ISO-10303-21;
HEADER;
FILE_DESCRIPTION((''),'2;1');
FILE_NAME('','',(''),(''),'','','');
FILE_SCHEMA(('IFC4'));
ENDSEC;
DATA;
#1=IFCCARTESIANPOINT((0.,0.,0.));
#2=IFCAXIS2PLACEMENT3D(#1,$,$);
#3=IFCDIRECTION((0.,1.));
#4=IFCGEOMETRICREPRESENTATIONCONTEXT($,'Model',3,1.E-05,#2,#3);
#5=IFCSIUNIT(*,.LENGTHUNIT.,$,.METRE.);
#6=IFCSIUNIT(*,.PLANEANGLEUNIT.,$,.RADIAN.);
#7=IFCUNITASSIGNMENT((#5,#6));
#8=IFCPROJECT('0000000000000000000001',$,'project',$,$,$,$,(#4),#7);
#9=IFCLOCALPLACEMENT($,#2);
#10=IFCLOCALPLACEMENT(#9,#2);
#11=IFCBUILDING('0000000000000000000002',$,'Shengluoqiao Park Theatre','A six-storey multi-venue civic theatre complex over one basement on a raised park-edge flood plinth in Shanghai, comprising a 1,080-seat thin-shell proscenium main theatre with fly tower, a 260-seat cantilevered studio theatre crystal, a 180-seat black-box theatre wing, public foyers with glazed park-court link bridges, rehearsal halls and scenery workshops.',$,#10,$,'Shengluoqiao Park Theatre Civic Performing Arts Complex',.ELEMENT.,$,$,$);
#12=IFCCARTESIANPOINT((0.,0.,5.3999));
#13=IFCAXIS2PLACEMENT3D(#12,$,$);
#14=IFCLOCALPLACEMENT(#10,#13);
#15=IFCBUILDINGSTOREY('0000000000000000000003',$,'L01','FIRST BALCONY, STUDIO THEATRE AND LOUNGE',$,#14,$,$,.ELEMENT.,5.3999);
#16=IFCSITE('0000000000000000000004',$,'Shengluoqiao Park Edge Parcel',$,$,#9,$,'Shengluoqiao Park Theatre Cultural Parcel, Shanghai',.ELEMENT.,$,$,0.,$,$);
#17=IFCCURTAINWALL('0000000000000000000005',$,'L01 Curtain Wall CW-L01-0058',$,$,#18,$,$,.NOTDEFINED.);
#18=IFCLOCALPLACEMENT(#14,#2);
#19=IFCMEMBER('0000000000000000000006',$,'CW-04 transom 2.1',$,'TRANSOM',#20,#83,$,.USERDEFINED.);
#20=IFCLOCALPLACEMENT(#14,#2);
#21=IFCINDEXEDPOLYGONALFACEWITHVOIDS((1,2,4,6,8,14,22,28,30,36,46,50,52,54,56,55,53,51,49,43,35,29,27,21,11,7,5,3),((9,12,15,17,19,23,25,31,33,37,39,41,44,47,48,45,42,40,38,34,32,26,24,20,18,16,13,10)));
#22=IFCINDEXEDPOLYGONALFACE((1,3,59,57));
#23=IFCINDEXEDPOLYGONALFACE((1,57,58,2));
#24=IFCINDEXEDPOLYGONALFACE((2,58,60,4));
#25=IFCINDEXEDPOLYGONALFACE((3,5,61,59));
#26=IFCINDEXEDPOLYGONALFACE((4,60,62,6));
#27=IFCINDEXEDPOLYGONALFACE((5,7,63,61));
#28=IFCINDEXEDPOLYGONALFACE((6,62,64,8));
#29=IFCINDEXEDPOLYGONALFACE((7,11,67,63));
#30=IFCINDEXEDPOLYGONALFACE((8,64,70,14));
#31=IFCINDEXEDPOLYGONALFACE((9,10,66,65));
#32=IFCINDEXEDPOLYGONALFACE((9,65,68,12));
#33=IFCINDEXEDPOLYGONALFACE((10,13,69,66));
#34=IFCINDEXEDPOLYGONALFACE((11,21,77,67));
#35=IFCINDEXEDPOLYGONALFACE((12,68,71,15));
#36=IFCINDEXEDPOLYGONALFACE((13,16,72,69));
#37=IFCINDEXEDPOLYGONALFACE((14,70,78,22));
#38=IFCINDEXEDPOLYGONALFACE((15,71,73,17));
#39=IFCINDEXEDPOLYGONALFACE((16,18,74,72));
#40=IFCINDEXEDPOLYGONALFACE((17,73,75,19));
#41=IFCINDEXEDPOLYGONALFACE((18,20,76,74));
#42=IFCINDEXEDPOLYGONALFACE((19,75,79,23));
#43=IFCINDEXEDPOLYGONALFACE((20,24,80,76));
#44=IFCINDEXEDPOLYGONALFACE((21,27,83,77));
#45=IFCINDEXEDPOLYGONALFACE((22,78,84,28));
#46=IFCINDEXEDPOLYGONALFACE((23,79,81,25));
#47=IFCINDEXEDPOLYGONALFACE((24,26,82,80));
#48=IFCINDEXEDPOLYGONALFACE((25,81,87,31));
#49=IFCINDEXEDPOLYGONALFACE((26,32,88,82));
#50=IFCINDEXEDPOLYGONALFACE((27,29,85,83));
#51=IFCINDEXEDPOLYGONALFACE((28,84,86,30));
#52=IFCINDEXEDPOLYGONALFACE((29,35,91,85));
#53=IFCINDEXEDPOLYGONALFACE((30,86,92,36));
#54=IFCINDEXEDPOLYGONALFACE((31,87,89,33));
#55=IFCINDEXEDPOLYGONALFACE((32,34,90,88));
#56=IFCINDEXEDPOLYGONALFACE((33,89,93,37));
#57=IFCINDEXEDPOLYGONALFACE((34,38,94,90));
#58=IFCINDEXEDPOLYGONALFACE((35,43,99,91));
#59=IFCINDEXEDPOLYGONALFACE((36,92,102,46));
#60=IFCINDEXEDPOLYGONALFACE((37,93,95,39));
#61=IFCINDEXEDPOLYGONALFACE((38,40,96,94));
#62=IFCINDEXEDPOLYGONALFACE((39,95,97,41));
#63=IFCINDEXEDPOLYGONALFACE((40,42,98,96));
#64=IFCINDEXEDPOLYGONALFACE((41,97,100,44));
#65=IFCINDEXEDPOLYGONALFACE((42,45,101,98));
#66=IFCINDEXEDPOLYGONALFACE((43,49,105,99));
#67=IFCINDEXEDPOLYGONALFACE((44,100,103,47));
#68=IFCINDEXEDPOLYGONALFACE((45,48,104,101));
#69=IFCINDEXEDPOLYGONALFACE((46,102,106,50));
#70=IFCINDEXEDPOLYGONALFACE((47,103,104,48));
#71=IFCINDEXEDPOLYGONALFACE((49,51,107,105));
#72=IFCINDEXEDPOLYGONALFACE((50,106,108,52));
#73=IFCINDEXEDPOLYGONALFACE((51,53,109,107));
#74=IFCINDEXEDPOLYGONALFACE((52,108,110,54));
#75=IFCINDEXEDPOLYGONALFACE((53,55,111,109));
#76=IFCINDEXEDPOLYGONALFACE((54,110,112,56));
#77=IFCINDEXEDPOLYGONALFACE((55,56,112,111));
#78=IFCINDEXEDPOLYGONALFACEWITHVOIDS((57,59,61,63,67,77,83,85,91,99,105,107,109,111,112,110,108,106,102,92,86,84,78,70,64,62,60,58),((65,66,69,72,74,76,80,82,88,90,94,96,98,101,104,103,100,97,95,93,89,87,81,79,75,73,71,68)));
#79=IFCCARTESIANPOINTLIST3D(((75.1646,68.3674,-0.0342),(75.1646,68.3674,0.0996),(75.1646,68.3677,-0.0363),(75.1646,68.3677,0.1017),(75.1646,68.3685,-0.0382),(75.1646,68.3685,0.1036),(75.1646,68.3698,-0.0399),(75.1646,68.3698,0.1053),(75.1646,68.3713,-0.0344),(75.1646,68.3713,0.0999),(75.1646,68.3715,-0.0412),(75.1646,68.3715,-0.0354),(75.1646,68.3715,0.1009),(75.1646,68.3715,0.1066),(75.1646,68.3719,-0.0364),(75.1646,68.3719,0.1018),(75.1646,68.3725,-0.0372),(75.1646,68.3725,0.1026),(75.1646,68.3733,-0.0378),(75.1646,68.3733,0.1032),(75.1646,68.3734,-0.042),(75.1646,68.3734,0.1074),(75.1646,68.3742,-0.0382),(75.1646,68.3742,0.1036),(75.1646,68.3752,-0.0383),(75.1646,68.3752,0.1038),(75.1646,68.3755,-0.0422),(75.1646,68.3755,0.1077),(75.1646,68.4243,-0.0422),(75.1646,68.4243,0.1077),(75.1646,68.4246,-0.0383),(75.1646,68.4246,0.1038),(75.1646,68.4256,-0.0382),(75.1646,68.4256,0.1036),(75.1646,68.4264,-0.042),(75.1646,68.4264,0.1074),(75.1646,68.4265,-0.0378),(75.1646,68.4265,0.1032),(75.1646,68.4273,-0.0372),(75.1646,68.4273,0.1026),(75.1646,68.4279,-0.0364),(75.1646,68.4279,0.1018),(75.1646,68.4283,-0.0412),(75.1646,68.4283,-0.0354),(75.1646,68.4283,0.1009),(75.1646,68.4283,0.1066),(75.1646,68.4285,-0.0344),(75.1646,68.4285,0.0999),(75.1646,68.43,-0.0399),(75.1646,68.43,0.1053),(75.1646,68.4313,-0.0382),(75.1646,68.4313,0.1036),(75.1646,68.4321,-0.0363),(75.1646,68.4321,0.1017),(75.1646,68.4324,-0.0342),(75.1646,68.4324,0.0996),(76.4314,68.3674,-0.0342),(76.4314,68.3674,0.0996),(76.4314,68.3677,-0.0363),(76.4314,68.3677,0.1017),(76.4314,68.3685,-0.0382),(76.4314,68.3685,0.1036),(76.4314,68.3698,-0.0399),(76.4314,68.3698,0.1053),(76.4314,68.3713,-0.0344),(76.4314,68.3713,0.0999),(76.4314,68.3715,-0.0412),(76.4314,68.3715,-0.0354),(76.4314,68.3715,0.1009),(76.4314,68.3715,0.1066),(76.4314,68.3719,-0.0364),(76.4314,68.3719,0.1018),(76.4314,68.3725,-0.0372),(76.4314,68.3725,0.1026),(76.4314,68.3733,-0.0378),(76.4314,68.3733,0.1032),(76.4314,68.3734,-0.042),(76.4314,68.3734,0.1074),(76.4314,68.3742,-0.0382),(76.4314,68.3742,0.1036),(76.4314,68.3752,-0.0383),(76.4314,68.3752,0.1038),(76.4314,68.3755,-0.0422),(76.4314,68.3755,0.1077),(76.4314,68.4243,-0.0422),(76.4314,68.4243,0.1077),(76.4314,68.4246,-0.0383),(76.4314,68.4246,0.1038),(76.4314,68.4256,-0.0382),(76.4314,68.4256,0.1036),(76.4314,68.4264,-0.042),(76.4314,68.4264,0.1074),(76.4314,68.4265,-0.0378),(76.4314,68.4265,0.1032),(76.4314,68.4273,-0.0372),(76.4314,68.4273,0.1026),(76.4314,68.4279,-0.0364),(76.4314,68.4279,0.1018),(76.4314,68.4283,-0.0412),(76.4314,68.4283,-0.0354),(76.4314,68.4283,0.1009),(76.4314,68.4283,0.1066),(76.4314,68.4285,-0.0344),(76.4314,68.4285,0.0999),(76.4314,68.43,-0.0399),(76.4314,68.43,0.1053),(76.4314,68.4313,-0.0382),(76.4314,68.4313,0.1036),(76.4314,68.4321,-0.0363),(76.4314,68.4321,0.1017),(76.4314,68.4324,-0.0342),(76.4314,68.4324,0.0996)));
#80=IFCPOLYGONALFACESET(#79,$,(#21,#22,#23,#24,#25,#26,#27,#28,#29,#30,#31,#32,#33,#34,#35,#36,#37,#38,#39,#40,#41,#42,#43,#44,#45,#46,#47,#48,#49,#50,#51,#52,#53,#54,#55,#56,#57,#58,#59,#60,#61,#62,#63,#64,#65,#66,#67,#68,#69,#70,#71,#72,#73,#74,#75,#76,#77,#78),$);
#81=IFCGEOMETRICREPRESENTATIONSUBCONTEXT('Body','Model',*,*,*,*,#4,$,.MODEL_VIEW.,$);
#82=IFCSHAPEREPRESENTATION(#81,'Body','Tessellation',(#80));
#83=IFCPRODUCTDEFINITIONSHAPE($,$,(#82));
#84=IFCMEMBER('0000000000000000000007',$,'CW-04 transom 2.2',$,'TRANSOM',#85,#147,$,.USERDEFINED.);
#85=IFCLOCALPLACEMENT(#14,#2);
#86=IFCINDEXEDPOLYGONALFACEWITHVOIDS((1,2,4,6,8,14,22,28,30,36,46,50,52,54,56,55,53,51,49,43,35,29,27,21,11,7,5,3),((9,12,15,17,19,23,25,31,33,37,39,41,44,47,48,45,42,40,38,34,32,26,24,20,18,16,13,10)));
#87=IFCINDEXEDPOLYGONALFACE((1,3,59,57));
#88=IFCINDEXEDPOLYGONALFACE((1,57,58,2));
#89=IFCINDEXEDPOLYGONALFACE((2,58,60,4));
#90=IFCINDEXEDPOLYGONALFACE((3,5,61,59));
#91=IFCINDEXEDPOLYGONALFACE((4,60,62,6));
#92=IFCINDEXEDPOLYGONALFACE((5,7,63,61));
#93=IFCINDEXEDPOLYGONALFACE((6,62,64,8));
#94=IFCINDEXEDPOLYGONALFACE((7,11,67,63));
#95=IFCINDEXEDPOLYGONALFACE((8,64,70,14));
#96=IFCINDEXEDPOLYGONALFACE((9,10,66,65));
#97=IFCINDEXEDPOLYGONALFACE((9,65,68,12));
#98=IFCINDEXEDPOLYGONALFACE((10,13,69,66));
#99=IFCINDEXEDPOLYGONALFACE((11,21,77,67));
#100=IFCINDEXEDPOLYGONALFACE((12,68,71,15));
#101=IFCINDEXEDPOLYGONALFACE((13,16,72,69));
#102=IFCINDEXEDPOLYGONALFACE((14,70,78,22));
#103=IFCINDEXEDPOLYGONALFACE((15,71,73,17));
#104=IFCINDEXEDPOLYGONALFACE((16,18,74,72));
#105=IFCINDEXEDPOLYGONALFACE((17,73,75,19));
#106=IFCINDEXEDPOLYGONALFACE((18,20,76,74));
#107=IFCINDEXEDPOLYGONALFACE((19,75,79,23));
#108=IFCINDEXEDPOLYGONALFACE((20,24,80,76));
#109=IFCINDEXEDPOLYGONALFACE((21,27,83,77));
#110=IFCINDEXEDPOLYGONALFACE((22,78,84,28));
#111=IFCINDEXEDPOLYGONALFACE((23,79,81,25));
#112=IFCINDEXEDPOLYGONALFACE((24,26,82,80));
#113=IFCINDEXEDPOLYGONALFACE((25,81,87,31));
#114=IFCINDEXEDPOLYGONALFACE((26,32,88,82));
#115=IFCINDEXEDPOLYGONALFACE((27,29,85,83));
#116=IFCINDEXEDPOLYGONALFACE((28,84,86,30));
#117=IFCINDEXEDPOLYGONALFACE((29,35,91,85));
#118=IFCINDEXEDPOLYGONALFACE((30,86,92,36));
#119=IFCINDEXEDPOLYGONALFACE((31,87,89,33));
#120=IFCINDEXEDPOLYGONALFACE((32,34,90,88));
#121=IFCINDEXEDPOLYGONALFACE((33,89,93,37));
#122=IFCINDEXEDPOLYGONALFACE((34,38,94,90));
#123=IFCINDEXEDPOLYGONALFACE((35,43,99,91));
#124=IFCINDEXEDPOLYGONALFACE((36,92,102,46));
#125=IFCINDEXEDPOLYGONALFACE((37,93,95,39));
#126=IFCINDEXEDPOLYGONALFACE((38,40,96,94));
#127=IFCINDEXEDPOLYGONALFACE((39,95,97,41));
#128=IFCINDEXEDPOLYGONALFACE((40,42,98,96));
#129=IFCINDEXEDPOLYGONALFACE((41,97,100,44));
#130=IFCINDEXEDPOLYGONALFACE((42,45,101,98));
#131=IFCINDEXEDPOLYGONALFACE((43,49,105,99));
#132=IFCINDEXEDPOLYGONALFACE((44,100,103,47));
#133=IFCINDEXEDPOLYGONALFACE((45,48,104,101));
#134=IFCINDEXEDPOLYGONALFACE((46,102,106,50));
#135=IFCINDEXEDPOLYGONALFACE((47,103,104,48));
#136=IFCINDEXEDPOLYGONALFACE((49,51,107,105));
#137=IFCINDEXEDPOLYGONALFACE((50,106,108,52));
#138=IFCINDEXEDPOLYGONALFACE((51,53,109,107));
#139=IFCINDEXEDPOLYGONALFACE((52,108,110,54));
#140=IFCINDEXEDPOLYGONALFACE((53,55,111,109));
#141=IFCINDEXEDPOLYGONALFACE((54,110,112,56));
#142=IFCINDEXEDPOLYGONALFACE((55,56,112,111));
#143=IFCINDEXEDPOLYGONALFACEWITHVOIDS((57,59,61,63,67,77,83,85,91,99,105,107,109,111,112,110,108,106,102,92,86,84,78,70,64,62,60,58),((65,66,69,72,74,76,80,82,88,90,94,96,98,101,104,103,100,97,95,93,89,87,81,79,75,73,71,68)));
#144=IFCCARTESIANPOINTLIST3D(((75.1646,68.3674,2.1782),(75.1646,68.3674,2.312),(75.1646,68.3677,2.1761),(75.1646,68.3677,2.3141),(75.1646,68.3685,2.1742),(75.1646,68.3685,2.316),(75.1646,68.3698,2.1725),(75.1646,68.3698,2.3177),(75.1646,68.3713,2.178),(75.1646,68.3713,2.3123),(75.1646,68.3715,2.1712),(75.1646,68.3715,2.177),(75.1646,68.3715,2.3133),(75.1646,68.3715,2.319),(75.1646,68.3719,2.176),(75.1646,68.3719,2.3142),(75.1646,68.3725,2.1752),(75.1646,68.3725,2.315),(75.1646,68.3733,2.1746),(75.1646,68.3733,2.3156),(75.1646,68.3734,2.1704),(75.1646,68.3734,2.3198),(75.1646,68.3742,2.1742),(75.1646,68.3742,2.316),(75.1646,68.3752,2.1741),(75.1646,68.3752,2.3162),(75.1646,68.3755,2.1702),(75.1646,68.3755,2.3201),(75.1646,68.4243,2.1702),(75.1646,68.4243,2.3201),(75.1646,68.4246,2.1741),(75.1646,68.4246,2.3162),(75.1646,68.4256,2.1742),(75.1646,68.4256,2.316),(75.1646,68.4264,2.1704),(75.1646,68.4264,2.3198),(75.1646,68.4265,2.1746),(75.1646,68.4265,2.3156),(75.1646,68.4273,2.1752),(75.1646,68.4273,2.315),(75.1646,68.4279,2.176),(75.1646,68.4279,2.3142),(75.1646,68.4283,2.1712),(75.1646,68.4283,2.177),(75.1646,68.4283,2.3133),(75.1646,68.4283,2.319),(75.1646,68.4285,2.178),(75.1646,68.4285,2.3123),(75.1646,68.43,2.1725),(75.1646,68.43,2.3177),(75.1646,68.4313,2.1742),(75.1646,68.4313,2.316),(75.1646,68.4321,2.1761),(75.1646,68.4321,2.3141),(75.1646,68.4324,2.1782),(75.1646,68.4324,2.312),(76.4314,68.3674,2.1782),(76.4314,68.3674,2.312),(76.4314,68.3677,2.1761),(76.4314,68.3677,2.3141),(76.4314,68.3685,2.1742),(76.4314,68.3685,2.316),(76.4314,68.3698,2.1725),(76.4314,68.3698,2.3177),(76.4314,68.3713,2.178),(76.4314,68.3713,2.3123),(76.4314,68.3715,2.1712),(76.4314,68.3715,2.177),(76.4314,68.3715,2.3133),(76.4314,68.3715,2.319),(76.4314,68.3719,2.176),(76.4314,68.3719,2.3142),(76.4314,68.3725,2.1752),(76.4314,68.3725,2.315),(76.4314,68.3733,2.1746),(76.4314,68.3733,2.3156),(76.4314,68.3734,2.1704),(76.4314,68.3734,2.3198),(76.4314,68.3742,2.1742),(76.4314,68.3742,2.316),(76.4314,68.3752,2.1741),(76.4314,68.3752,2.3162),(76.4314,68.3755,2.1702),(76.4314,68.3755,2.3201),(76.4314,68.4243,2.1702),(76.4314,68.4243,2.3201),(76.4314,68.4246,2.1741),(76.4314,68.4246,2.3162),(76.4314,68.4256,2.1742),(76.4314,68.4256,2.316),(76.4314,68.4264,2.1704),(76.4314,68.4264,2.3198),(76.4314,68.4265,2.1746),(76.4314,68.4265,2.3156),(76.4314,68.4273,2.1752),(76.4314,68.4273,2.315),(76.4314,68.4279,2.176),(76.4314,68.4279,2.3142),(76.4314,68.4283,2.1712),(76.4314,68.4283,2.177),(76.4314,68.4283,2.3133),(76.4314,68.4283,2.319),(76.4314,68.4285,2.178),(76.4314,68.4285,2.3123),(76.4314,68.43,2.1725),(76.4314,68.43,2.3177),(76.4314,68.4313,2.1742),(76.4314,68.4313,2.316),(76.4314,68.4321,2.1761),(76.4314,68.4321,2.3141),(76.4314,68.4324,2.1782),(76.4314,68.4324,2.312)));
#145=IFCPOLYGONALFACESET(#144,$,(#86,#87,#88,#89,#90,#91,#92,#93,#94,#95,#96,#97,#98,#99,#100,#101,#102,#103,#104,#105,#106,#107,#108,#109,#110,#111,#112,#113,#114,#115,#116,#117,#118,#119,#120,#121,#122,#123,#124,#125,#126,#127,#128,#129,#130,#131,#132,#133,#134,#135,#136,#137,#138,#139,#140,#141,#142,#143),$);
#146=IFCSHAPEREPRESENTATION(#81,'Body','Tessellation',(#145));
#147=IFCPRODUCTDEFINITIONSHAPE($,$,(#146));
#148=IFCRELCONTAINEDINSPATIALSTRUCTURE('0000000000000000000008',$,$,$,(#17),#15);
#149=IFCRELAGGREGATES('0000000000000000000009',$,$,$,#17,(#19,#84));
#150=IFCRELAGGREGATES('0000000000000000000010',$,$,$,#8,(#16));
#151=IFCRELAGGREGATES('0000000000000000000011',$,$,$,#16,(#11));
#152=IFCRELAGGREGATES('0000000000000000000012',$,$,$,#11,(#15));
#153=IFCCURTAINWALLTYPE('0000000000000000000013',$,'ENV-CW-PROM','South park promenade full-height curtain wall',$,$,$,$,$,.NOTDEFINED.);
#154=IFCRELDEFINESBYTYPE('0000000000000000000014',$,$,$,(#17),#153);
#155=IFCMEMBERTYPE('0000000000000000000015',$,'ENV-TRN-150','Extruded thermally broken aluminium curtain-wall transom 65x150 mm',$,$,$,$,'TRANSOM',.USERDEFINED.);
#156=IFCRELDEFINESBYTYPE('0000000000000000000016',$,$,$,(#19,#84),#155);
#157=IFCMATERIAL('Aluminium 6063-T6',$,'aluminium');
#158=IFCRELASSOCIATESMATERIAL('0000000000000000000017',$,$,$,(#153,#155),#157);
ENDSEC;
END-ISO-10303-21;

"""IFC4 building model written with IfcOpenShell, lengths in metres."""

from ifc_helpers import new_model, si_unit, direction, frame, origin, origin_2d, place, context, subcontext, project, spatial, hollow_rectangle, extrude, material, material_profile, profile_set, type_object, element, aggregate, save


model = new_model("IFC4")

# Units and contexts
model_context = context("Model", 3, precision=1e-05, world=origin(), true_north=direction((0.0, 1.0)))
body_context = subcontext(model_context, "Body", "Model", "MODEL_VIEW")
ifc_project = project(units=[si_unit("LENGTHUNIT", "METRE"), si_unit("PLANEANGLEUNIT", "RADIAN")], contexts=[model_context])

# Site, building, storey
site_placement = place(None, origin())
site = spatial("IfcSite", under=ifc_project, at=site_placement, Name="Shengluoqiao Park Edge Parcel", LongName="Shengluoqiao Park Theatre Cultural Parcel, Shanghai", CompositionType="ELEMENT", RefElevation=0.0)
building_placement = place(site_placement, origin())
building = spatial("IfcBuilding", under=site, at=building_placement, Name="Shengluoqiao Park Theatre", Description="A six-storey multi-venue civic theatre complex over one basement on a raised park-edge flood plinth in Shanghai, comprising a 1,080-seat thin-shell proscenium main theatre with fly tower, a 260-seat cantilevered studio theatre crystal, a 180-seat black-box theatre wing, public foyers with glazed park-court link bridges, rehearsal halls and scenery workshops.", LongName="Shengluoqiao Park Theatre Civic Performing Arts Complex", CompositionType="ELEMENT")
storey_placement = place(building_placement, frame((0.0, 0.0, 5.3999)))
storey = spatial("IfcBuildingStorey", under=building, at=storey_placement, Name="L01", Description="FIRST BALCONY, STUDIO THEATRE AND LOUNGE", CompositionType="ELEMENT", Elevation=5.3999)

# Curtain wall, members
ifc_material_1 = material(Name="Aluminium 6063-T6", Category="aluminium")
curtain_wall_type = type_object("IfcCurtainWallType", Name="ENV-CW-PROM", Description="South park promenade full-height curtain wall", PredefinedType="NOTDEFINED", material=ifc_material_1)
curtain_wall_placement = place(storey_placement, origin())
curtain_wall = element("IfcCurtainWall", 1, at=curtain_wall_placement, inside=storey, type_object=curtain_wall_type, Name="L01 Curtain Wall CW-L01-0058", PredefinedType="NOTDEFINED")
ifc_material_profile_1 = material_profile(ifc_material_1, hollow_rectangle(XDim=0.0649, YDim=0.1499, WallThickness=0.0039, InnerFilletRadius=0.0039, OuterFilletRadius=0.0081, at=origin_2d()), Name="ALU TRANSOM 150x65x4")
ifc_profile_set_1 = profile_set([ifc_material_profile_1], Name="Aluminium 6063-T6")
member_type_1 = type_object("IfcMemberType", Name="ENV-TRN-150", Description="Extruded thermally broken aluminium curtain-wall transom 65x150 mm", ElementType="TRANSOM", PredefinedType="USERDEFINED", material=ifc_profile_set_1)
member_1_placement = place(storey_placement, frame((75.1646, 68.3999, 0.0327), z_axis=(1.0, 0.0, 0.0), x_axis=(0.0, 1.0, 0.0)))
member_1 = element("IfcMember", 2, at=member_1_placement, type_object=member_type_1, Name="CW-04 transom 2.1", ObjectType="TRANSOM", PredefinedType="USERDEFINED", context=body_context, shape_type="SweptSolid", body=[
    extrude(hollow_rectangle(XDim=0.0649, YDim=0.1499, WallThickness=0.0039, InnerFilletRadius=0.0039, OuterFilletRadius=0.0081, at=origin_2d()), origin(), (0.0, 0.0, 1.0), 1.2668),
])
member_2_placement = place(storey_placement, frame((75.1646, 68.3999, 2.2451), z_axis=(1.0, 0.0, 0.0), x_axis=(0.0, 1.0, 0.0)))
member_2 = element("IfcMember", 3, at=member_2_placement, type_object=member_type_1, Name="CW-04 transom 2.2", ObjectType="TRANSOM", PredefinedType="USERDEFINED", context=body_context, shape_type="SweptSolid", body=[
    extrude(hollow_rectangle(XDim=0.0649, YDim=0.1499, WallThickness=0.0039, InnerFilletRadius=0.0039, OuterFilletRadius=0.0081, at=origin_2d()), origin(), (0.0, 0.0, 1.0), 1.2668),
])

aggregate(curtain_wall, [member_1, member_2])

save(model, "model.ifc")
